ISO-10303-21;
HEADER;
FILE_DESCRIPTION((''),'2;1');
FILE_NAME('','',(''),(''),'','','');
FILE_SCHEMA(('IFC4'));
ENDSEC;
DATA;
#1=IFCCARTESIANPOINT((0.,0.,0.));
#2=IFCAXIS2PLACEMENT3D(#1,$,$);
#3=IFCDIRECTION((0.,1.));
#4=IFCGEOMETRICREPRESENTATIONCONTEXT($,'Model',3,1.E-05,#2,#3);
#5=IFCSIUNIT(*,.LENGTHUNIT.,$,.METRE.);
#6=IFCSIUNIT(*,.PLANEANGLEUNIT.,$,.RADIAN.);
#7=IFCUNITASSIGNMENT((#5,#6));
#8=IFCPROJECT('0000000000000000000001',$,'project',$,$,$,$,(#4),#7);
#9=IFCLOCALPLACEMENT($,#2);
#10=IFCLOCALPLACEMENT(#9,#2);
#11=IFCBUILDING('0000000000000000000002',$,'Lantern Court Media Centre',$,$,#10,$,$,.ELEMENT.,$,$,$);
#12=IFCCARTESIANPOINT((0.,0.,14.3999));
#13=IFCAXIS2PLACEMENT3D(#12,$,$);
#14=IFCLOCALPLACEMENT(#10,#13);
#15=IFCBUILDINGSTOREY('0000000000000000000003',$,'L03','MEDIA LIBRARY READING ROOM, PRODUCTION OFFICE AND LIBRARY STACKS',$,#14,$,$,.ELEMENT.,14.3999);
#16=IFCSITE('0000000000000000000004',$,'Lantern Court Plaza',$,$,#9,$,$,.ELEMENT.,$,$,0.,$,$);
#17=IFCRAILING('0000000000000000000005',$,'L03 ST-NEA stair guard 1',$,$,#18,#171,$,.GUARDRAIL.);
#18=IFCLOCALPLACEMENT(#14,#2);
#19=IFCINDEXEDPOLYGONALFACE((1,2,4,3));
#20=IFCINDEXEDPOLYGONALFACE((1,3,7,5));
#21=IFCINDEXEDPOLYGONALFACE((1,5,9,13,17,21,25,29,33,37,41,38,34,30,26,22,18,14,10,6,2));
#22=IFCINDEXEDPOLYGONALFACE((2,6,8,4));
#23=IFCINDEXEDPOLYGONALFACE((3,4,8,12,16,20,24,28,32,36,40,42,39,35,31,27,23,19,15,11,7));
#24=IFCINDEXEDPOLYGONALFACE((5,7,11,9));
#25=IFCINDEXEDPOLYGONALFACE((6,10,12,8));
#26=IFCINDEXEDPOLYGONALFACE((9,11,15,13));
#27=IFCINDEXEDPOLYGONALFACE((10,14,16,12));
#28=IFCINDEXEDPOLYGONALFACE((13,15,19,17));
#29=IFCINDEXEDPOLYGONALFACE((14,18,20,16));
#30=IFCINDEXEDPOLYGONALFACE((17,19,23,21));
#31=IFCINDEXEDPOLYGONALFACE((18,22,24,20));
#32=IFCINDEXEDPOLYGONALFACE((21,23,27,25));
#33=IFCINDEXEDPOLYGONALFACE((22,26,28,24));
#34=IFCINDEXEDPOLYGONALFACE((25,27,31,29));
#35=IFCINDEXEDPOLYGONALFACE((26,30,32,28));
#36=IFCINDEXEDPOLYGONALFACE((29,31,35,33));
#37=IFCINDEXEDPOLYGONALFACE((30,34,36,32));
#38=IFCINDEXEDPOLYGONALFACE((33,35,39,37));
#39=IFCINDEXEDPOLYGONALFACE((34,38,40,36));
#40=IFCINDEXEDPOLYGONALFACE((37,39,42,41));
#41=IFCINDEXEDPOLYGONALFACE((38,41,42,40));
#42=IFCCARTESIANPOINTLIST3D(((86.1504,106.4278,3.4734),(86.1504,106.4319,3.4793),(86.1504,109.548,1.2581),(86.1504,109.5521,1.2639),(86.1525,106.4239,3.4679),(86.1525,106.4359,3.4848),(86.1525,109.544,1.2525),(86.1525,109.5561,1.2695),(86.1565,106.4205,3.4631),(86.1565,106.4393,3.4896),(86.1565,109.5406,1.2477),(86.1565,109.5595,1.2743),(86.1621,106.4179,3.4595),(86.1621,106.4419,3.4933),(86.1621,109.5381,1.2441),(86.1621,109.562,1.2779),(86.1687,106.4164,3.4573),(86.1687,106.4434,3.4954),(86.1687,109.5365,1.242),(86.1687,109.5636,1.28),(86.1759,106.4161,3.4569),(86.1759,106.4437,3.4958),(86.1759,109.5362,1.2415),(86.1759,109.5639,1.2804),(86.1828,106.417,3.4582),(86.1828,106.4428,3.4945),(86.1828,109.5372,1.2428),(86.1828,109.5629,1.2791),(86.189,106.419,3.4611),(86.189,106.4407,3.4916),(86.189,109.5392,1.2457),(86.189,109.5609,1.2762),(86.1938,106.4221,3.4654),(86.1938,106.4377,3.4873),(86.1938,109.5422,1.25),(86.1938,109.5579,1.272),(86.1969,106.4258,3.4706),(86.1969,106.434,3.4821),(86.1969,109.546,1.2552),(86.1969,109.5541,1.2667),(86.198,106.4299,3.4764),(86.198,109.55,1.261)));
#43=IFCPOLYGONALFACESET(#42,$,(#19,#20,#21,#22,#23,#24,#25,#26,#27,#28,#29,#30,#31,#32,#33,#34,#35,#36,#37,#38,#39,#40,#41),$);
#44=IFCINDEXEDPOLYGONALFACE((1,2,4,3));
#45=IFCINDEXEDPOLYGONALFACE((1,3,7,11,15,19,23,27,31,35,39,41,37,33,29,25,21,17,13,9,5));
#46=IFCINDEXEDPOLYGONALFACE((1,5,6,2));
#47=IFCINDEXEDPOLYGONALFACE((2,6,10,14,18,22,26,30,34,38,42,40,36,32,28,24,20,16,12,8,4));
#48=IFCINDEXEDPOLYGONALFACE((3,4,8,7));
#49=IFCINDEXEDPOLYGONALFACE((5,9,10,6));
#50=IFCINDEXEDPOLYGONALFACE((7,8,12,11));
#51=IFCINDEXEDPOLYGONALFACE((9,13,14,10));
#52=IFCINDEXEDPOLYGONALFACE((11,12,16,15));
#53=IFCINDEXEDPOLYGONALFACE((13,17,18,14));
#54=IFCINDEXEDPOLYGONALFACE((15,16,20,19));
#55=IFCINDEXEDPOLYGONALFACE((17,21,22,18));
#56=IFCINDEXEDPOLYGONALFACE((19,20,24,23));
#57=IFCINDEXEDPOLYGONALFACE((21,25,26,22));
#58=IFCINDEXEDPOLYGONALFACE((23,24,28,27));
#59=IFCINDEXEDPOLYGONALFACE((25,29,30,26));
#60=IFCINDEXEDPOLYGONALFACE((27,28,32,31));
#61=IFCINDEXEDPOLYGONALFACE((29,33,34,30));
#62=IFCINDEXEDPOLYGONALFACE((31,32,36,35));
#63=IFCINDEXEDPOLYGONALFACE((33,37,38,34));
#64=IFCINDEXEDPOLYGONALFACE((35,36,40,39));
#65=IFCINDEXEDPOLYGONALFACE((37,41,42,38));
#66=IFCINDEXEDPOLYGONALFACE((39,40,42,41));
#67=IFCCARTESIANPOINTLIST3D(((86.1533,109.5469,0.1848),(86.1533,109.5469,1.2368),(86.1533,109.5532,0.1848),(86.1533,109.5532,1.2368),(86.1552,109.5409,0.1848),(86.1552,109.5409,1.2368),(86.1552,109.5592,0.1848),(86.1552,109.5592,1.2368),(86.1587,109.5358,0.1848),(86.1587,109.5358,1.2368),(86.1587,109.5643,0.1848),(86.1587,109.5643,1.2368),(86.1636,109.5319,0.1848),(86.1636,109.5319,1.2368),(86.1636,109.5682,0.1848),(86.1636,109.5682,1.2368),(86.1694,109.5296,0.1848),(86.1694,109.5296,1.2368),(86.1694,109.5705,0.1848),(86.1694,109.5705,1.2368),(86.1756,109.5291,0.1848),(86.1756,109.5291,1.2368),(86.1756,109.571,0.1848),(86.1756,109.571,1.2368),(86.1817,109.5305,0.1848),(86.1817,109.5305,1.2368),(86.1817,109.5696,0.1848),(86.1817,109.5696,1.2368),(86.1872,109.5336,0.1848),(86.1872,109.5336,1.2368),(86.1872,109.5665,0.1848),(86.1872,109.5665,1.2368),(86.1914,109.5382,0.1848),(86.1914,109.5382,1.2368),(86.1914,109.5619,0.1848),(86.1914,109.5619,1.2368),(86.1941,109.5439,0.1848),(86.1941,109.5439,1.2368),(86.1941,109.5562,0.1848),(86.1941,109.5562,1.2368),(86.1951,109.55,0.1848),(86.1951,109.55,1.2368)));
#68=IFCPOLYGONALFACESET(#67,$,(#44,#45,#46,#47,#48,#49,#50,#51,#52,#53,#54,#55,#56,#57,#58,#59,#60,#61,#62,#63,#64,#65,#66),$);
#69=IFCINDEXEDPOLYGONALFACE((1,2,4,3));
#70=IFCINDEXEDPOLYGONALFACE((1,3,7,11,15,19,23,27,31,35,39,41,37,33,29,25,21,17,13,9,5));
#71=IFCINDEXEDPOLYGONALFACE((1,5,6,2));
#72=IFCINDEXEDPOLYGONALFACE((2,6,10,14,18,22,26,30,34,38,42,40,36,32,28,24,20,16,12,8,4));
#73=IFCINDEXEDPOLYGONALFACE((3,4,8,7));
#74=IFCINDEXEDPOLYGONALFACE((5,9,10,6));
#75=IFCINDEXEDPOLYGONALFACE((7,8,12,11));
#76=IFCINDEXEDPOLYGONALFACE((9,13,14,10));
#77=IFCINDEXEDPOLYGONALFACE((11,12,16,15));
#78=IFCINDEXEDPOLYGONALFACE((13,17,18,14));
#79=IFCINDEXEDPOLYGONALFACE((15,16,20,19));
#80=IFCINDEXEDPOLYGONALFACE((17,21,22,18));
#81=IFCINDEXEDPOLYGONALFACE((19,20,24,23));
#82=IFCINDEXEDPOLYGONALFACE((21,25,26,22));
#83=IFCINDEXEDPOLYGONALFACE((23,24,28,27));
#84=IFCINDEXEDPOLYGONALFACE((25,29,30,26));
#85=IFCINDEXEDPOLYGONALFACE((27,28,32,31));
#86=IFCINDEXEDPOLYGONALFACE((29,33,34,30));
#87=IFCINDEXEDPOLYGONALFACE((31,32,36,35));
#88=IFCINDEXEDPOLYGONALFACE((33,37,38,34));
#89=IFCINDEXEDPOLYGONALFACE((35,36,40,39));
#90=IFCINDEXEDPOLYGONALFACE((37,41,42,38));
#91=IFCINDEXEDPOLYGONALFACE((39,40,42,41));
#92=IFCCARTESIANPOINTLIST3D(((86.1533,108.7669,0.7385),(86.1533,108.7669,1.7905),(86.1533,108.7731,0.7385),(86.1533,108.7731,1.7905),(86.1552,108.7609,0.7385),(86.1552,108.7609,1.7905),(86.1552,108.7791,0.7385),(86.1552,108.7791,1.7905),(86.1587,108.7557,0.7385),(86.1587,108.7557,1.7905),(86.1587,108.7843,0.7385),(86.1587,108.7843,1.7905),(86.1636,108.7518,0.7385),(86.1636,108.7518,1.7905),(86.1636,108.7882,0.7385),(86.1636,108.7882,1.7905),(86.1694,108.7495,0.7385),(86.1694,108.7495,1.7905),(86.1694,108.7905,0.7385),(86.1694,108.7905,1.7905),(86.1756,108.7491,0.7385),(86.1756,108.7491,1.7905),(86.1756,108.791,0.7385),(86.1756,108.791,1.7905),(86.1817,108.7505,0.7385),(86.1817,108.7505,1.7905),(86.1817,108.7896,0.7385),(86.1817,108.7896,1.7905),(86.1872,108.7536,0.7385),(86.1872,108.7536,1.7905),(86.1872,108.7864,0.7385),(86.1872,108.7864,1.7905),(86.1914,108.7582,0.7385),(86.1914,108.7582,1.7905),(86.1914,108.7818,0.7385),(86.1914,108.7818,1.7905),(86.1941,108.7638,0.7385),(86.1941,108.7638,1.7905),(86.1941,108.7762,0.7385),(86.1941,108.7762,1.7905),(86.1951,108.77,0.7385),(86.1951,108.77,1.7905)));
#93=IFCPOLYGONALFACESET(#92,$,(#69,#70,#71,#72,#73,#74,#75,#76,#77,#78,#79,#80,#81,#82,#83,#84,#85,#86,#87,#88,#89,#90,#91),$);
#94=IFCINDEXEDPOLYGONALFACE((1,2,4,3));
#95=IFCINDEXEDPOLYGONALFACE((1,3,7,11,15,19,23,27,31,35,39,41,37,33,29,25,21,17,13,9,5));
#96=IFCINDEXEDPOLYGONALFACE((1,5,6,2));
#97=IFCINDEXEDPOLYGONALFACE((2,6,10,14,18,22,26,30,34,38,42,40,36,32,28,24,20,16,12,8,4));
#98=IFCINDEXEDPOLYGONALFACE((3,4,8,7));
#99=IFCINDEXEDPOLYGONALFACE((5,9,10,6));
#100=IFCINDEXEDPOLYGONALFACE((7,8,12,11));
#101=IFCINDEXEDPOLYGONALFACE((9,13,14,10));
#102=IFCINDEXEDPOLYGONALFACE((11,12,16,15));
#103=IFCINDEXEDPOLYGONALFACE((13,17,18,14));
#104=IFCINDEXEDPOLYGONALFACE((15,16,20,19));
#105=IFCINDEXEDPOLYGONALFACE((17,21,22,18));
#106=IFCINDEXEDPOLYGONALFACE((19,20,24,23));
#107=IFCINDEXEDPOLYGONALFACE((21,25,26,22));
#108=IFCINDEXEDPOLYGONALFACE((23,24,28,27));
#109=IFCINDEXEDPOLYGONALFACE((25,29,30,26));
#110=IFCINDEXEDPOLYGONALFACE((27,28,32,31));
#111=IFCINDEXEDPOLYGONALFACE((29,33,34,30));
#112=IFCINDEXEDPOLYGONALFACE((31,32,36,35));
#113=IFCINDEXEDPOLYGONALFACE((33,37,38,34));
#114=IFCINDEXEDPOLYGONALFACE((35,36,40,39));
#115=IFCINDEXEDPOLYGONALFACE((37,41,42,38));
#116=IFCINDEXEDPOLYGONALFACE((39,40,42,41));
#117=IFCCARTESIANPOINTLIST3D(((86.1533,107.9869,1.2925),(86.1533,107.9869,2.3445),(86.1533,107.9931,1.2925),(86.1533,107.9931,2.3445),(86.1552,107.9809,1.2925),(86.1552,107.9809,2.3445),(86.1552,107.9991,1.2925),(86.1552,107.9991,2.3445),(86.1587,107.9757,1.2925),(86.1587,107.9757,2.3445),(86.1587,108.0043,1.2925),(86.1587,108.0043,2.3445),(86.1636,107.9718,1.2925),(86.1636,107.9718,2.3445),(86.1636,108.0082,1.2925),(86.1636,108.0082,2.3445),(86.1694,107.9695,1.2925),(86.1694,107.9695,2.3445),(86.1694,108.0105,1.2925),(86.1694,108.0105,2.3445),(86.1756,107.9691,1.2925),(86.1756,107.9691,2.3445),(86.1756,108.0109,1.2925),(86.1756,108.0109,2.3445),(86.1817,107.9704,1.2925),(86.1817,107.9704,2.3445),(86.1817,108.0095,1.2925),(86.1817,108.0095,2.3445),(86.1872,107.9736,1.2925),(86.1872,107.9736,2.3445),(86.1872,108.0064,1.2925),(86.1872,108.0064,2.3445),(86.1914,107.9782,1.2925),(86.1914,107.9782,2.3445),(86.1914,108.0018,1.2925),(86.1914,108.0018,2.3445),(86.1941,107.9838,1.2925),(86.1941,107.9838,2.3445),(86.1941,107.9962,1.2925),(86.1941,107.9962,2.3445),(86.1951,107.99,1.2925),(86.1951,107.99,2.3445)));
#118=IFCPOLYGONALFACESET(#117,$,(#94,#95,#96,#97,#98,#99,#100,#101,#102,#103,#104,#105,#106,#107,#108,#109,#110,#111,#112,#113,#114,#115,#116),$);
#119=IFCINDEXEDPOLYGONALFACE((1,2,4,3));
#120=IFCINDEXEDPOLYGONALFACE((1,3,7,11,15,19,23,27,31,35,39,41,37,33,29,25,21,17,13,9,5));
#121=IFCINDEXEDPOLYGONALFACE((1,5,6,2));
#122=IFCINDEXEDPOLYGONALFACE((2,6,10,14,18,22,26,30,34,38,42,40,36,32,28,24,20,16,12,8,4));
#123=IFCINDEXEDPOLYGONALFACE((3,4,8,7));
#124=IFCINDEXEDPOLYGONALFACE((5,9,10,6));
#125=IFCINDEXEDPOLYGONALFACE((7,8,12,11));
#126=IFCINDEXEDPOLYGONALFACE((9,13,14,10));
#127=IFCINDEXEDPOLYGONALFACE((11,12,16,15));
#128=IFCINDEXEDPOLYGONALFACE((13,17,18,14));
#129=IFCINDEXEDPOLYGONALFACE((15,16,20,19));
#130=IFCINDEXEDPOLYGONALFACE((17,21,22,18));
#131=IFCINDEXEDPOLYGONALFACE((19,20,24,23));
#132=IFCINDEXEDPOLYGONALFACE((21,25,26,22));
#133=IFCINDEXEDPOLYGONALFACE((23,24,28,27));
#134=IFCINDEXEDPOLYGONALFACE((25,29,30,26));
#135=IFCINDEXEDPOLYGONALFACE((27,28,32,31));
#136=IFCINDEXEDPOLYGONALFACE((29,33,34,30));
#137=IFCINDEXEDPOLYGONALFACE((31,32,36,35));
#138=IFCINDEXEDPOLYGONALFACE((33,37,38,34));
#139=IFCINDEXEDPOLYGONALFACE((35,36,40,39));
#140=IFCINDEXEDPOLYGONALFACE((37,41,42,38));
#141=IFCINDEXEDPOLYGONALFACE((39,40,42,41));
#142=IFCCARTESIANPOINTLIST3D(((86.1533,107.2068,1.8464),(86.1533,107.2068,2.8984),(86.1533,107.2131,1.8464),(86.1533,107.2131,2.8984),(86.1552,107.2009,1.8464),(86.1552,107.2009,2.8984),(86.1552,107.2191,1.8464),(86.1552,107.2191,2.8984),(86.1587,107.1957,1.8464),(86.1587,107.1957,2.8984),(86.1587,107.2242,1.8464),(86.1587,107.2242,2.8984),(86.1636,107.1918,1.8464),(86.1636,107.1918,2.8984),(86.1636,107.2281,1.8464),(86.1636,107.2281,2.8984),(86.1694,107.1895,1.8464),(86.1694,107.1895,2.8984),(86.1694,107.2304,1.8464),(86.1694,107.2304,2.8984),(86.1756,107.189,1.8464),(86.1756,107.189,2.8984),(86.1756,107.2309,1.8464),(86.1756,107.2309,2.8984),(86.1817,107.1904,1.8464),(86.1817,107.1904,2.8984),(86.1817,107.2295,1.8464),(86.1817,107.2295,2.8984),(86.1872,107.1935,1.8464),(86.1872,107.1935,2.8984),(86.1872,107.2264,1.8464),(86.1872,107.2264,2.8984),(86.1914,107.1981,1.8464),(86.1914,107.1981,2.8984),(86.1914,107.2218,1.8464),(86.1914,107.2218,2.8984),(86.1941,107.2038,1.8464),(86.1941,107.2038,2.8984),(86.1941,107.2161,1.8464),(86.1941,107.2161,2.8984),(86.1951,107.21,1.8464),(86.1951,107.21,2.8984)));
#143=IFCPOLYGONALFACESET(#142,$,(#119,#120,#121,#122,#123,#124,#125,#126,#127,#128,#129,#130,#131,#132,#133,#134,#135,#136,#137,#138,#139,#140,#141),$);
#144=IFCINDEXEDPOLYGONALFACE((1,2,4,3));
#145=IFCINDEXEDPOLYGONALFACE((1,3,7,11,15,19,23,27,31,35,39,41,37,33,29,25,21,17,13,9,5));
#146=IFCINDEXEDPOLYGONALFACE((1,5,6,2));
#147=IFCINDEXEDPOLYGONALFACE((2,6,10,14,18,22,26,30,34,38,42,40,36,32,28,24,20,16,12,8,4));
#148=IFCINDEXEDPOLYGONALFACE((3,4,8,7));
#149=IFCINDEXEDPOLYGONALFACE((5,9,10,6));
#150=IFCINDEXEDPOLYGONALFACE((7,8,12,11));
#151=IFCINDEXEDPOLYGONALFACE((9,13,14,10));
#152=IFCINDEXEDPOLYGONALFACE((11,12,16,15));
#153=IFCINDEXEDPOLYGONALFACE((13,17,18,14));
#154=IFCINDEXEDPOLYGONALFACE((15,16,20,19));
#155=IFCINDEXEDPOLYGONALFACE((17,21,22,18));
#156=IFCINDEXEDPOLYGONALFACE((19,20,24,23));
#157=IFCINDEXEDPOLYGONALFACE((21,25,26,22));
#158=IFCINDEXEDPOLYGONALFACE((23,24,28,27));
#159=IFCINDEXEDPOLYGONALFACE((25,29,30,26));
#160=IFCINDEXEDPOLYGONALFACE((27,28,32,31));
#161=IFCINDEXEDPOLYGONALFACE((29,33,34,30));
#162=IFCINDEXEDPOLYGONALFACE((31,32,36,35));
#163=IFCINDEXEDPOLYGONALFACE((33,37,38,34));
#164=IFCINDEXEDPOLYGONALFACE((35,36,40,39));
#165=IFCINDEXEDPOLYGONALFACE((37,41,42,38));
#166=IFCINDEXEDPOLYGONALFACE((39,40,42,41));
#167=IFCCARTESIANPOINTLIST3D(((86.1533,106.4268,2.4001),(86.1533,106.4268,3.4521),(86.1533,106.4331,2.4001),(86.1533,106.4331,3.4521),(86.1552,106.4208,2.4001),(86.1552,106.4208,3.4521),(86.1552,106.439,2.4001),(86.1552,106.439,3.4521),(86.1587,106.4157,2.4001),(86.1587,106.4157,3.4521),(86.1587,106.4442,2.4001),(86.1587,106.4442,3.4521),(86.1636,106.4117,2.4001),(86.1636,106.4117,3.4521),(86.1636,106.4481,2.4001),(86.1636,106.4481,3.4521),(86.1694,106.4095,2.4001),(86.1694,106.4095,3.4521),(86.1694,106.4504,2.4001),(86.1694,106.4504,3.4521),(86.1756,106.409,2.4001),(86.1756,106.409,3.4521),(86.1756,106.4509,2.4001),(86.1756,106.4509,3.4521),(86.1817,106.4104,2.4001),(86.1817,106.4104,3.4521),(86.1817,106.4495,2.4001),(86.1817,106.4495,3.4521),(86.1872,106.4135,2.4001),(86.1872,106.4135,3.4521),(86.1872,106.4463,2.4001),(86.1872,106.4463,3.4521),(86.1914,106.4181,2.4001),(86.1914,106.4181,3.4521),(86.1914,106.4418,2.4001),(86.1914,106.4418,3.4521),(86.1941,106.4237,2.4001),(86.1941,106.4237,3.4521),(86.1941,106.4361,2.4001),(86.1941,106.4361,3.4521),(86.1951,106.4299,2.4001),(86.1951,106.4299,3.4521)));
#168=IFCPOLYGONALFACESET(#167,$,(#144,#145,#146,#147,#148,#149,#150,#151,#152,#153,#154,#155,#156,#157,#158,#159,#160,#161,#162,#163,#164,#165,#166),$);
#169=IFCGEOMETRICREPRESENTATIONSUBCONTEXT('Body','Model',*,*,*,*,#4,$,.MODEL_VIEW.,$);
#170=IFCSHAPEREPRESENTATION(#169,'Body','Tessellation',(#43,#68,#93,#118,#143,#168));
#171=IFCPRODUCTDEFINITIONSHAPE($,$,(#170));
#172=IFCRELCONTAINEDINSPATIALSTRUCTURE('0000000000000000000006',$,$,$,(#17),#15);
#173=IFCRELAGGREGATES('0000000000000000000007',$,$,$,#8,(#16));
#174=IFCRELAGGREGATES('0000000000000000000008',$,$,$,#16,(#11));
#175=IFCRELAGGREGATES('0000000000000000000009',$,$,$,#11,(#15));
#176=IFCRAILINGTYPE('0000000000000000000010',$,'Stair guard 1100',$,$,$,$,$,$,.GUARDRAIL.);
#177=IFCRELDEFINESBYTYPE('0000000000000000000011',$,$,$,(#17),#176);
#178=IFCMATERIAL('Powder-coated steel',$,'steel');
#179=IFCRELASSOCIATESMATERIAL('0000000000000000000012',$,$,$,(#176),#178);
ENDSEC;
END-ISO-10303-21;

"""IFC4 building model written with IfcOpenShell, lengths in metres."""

from ifc_helpers import new_model, si_unit, direction, frame, origin, origin_2d, place, context, subcontext, project, spatial, circle, extrude, material, type_object, element, save


model = new_model("IFC4")

# Units and contexts
model_context = context("Model", 3, precision=1e-05, world=origin(), true_north=direction((0.0, 1.0)))
body_context = subcontext(model_context, "Body", "Model", "MODEL_VIEW")
ifc_project = project(units=[si_unit("LENGTHUNIT", "METRE"), si_unit("PLANEANGLEUNIT", "RADIAN")], contexts=[model_context])

# Site, building, storey
site_placement = place(None, origin())
site = spatial("IfcSite", under=ifc_project, at=site_placement, Name="Lantern Court Plaza", CompositionType="ELEMENT", RefElevation=0.0)
building_placement = place(site_placement, origin())
building = spatial("IfcBuilding", under=site, at=building_placement, Name="Lantern Court Media Centre", CompositionType="ELEMENT")
storey_placement = place(building_placement, frame((0.0, 0.0, 14.3999)))
storey = spatial("IfcBuildingStorey", under=building, at=storey_placement, Name="L03", Description="MEDIA LIBRARY READING ROOM, PRODUCTION OFFICE AND LIBRARY STACKS", CompositionType="ELEMENT", Elevation=14.3999)

# Shared definitions
ifc_material_1 = material(Name="Powder-coated steel", Category="steel")

# Railing
railing_type_1 = type_object("IfcRailingType", Name="Stair guard 1100", PredefinedType="GUARDRAIL", material=ifc_material_1)
railing_1_placement = place(storey_placement, frame((86.1741, 109.55, 0.1848)))
element("IfcRailing", 1, at=railing_1_placement, inside=storey, type_object=railing_type_1, Name="L03 ST-NEA stair guard 1", PredefinedType="GUARDRAIL", context=body_context, shape_type="SweptSolid", body=[
    extrude(circle(Radius=0.0239, at=origin_2d()), frame((0.0, 0.0, 1.0762), z_axis=(0.0, -0.815377, 0.57893), x_axis=(1.0, 0.0, 0.0)), (0.0, 0.0, 1.0), 3.8267),
    extrude(circle(Radius=0.021, at=origin_2d()), origin(), (0.0, 0.0, 1.0), 1.052),
    extrude(circle(Radius=0.021, at=origin_2d()), frame((0.0, -0.78, 0.5537)), (0.0, 0.0, 1.0), 1.052),
    extrude(circle(Radius=0.021, at=origin_2d()), frame((0.0, -1.5601, 1.1077)), (0.0, 0.0, 1.0), 1.052),
    extrude(circle(Radius=0.021, at=origin_2d()), frame((0.0, -2.3401, 1.6616)), (0.0, 0.0, 1.0), 1.052),
    extrude(circle(Radius=0.021, at=origin_2d()), frame((0.0, -3.1201, 2.2153)), (0.0, 0.0, 1.0), 1.052),
])

save(model, "model.ifc")
